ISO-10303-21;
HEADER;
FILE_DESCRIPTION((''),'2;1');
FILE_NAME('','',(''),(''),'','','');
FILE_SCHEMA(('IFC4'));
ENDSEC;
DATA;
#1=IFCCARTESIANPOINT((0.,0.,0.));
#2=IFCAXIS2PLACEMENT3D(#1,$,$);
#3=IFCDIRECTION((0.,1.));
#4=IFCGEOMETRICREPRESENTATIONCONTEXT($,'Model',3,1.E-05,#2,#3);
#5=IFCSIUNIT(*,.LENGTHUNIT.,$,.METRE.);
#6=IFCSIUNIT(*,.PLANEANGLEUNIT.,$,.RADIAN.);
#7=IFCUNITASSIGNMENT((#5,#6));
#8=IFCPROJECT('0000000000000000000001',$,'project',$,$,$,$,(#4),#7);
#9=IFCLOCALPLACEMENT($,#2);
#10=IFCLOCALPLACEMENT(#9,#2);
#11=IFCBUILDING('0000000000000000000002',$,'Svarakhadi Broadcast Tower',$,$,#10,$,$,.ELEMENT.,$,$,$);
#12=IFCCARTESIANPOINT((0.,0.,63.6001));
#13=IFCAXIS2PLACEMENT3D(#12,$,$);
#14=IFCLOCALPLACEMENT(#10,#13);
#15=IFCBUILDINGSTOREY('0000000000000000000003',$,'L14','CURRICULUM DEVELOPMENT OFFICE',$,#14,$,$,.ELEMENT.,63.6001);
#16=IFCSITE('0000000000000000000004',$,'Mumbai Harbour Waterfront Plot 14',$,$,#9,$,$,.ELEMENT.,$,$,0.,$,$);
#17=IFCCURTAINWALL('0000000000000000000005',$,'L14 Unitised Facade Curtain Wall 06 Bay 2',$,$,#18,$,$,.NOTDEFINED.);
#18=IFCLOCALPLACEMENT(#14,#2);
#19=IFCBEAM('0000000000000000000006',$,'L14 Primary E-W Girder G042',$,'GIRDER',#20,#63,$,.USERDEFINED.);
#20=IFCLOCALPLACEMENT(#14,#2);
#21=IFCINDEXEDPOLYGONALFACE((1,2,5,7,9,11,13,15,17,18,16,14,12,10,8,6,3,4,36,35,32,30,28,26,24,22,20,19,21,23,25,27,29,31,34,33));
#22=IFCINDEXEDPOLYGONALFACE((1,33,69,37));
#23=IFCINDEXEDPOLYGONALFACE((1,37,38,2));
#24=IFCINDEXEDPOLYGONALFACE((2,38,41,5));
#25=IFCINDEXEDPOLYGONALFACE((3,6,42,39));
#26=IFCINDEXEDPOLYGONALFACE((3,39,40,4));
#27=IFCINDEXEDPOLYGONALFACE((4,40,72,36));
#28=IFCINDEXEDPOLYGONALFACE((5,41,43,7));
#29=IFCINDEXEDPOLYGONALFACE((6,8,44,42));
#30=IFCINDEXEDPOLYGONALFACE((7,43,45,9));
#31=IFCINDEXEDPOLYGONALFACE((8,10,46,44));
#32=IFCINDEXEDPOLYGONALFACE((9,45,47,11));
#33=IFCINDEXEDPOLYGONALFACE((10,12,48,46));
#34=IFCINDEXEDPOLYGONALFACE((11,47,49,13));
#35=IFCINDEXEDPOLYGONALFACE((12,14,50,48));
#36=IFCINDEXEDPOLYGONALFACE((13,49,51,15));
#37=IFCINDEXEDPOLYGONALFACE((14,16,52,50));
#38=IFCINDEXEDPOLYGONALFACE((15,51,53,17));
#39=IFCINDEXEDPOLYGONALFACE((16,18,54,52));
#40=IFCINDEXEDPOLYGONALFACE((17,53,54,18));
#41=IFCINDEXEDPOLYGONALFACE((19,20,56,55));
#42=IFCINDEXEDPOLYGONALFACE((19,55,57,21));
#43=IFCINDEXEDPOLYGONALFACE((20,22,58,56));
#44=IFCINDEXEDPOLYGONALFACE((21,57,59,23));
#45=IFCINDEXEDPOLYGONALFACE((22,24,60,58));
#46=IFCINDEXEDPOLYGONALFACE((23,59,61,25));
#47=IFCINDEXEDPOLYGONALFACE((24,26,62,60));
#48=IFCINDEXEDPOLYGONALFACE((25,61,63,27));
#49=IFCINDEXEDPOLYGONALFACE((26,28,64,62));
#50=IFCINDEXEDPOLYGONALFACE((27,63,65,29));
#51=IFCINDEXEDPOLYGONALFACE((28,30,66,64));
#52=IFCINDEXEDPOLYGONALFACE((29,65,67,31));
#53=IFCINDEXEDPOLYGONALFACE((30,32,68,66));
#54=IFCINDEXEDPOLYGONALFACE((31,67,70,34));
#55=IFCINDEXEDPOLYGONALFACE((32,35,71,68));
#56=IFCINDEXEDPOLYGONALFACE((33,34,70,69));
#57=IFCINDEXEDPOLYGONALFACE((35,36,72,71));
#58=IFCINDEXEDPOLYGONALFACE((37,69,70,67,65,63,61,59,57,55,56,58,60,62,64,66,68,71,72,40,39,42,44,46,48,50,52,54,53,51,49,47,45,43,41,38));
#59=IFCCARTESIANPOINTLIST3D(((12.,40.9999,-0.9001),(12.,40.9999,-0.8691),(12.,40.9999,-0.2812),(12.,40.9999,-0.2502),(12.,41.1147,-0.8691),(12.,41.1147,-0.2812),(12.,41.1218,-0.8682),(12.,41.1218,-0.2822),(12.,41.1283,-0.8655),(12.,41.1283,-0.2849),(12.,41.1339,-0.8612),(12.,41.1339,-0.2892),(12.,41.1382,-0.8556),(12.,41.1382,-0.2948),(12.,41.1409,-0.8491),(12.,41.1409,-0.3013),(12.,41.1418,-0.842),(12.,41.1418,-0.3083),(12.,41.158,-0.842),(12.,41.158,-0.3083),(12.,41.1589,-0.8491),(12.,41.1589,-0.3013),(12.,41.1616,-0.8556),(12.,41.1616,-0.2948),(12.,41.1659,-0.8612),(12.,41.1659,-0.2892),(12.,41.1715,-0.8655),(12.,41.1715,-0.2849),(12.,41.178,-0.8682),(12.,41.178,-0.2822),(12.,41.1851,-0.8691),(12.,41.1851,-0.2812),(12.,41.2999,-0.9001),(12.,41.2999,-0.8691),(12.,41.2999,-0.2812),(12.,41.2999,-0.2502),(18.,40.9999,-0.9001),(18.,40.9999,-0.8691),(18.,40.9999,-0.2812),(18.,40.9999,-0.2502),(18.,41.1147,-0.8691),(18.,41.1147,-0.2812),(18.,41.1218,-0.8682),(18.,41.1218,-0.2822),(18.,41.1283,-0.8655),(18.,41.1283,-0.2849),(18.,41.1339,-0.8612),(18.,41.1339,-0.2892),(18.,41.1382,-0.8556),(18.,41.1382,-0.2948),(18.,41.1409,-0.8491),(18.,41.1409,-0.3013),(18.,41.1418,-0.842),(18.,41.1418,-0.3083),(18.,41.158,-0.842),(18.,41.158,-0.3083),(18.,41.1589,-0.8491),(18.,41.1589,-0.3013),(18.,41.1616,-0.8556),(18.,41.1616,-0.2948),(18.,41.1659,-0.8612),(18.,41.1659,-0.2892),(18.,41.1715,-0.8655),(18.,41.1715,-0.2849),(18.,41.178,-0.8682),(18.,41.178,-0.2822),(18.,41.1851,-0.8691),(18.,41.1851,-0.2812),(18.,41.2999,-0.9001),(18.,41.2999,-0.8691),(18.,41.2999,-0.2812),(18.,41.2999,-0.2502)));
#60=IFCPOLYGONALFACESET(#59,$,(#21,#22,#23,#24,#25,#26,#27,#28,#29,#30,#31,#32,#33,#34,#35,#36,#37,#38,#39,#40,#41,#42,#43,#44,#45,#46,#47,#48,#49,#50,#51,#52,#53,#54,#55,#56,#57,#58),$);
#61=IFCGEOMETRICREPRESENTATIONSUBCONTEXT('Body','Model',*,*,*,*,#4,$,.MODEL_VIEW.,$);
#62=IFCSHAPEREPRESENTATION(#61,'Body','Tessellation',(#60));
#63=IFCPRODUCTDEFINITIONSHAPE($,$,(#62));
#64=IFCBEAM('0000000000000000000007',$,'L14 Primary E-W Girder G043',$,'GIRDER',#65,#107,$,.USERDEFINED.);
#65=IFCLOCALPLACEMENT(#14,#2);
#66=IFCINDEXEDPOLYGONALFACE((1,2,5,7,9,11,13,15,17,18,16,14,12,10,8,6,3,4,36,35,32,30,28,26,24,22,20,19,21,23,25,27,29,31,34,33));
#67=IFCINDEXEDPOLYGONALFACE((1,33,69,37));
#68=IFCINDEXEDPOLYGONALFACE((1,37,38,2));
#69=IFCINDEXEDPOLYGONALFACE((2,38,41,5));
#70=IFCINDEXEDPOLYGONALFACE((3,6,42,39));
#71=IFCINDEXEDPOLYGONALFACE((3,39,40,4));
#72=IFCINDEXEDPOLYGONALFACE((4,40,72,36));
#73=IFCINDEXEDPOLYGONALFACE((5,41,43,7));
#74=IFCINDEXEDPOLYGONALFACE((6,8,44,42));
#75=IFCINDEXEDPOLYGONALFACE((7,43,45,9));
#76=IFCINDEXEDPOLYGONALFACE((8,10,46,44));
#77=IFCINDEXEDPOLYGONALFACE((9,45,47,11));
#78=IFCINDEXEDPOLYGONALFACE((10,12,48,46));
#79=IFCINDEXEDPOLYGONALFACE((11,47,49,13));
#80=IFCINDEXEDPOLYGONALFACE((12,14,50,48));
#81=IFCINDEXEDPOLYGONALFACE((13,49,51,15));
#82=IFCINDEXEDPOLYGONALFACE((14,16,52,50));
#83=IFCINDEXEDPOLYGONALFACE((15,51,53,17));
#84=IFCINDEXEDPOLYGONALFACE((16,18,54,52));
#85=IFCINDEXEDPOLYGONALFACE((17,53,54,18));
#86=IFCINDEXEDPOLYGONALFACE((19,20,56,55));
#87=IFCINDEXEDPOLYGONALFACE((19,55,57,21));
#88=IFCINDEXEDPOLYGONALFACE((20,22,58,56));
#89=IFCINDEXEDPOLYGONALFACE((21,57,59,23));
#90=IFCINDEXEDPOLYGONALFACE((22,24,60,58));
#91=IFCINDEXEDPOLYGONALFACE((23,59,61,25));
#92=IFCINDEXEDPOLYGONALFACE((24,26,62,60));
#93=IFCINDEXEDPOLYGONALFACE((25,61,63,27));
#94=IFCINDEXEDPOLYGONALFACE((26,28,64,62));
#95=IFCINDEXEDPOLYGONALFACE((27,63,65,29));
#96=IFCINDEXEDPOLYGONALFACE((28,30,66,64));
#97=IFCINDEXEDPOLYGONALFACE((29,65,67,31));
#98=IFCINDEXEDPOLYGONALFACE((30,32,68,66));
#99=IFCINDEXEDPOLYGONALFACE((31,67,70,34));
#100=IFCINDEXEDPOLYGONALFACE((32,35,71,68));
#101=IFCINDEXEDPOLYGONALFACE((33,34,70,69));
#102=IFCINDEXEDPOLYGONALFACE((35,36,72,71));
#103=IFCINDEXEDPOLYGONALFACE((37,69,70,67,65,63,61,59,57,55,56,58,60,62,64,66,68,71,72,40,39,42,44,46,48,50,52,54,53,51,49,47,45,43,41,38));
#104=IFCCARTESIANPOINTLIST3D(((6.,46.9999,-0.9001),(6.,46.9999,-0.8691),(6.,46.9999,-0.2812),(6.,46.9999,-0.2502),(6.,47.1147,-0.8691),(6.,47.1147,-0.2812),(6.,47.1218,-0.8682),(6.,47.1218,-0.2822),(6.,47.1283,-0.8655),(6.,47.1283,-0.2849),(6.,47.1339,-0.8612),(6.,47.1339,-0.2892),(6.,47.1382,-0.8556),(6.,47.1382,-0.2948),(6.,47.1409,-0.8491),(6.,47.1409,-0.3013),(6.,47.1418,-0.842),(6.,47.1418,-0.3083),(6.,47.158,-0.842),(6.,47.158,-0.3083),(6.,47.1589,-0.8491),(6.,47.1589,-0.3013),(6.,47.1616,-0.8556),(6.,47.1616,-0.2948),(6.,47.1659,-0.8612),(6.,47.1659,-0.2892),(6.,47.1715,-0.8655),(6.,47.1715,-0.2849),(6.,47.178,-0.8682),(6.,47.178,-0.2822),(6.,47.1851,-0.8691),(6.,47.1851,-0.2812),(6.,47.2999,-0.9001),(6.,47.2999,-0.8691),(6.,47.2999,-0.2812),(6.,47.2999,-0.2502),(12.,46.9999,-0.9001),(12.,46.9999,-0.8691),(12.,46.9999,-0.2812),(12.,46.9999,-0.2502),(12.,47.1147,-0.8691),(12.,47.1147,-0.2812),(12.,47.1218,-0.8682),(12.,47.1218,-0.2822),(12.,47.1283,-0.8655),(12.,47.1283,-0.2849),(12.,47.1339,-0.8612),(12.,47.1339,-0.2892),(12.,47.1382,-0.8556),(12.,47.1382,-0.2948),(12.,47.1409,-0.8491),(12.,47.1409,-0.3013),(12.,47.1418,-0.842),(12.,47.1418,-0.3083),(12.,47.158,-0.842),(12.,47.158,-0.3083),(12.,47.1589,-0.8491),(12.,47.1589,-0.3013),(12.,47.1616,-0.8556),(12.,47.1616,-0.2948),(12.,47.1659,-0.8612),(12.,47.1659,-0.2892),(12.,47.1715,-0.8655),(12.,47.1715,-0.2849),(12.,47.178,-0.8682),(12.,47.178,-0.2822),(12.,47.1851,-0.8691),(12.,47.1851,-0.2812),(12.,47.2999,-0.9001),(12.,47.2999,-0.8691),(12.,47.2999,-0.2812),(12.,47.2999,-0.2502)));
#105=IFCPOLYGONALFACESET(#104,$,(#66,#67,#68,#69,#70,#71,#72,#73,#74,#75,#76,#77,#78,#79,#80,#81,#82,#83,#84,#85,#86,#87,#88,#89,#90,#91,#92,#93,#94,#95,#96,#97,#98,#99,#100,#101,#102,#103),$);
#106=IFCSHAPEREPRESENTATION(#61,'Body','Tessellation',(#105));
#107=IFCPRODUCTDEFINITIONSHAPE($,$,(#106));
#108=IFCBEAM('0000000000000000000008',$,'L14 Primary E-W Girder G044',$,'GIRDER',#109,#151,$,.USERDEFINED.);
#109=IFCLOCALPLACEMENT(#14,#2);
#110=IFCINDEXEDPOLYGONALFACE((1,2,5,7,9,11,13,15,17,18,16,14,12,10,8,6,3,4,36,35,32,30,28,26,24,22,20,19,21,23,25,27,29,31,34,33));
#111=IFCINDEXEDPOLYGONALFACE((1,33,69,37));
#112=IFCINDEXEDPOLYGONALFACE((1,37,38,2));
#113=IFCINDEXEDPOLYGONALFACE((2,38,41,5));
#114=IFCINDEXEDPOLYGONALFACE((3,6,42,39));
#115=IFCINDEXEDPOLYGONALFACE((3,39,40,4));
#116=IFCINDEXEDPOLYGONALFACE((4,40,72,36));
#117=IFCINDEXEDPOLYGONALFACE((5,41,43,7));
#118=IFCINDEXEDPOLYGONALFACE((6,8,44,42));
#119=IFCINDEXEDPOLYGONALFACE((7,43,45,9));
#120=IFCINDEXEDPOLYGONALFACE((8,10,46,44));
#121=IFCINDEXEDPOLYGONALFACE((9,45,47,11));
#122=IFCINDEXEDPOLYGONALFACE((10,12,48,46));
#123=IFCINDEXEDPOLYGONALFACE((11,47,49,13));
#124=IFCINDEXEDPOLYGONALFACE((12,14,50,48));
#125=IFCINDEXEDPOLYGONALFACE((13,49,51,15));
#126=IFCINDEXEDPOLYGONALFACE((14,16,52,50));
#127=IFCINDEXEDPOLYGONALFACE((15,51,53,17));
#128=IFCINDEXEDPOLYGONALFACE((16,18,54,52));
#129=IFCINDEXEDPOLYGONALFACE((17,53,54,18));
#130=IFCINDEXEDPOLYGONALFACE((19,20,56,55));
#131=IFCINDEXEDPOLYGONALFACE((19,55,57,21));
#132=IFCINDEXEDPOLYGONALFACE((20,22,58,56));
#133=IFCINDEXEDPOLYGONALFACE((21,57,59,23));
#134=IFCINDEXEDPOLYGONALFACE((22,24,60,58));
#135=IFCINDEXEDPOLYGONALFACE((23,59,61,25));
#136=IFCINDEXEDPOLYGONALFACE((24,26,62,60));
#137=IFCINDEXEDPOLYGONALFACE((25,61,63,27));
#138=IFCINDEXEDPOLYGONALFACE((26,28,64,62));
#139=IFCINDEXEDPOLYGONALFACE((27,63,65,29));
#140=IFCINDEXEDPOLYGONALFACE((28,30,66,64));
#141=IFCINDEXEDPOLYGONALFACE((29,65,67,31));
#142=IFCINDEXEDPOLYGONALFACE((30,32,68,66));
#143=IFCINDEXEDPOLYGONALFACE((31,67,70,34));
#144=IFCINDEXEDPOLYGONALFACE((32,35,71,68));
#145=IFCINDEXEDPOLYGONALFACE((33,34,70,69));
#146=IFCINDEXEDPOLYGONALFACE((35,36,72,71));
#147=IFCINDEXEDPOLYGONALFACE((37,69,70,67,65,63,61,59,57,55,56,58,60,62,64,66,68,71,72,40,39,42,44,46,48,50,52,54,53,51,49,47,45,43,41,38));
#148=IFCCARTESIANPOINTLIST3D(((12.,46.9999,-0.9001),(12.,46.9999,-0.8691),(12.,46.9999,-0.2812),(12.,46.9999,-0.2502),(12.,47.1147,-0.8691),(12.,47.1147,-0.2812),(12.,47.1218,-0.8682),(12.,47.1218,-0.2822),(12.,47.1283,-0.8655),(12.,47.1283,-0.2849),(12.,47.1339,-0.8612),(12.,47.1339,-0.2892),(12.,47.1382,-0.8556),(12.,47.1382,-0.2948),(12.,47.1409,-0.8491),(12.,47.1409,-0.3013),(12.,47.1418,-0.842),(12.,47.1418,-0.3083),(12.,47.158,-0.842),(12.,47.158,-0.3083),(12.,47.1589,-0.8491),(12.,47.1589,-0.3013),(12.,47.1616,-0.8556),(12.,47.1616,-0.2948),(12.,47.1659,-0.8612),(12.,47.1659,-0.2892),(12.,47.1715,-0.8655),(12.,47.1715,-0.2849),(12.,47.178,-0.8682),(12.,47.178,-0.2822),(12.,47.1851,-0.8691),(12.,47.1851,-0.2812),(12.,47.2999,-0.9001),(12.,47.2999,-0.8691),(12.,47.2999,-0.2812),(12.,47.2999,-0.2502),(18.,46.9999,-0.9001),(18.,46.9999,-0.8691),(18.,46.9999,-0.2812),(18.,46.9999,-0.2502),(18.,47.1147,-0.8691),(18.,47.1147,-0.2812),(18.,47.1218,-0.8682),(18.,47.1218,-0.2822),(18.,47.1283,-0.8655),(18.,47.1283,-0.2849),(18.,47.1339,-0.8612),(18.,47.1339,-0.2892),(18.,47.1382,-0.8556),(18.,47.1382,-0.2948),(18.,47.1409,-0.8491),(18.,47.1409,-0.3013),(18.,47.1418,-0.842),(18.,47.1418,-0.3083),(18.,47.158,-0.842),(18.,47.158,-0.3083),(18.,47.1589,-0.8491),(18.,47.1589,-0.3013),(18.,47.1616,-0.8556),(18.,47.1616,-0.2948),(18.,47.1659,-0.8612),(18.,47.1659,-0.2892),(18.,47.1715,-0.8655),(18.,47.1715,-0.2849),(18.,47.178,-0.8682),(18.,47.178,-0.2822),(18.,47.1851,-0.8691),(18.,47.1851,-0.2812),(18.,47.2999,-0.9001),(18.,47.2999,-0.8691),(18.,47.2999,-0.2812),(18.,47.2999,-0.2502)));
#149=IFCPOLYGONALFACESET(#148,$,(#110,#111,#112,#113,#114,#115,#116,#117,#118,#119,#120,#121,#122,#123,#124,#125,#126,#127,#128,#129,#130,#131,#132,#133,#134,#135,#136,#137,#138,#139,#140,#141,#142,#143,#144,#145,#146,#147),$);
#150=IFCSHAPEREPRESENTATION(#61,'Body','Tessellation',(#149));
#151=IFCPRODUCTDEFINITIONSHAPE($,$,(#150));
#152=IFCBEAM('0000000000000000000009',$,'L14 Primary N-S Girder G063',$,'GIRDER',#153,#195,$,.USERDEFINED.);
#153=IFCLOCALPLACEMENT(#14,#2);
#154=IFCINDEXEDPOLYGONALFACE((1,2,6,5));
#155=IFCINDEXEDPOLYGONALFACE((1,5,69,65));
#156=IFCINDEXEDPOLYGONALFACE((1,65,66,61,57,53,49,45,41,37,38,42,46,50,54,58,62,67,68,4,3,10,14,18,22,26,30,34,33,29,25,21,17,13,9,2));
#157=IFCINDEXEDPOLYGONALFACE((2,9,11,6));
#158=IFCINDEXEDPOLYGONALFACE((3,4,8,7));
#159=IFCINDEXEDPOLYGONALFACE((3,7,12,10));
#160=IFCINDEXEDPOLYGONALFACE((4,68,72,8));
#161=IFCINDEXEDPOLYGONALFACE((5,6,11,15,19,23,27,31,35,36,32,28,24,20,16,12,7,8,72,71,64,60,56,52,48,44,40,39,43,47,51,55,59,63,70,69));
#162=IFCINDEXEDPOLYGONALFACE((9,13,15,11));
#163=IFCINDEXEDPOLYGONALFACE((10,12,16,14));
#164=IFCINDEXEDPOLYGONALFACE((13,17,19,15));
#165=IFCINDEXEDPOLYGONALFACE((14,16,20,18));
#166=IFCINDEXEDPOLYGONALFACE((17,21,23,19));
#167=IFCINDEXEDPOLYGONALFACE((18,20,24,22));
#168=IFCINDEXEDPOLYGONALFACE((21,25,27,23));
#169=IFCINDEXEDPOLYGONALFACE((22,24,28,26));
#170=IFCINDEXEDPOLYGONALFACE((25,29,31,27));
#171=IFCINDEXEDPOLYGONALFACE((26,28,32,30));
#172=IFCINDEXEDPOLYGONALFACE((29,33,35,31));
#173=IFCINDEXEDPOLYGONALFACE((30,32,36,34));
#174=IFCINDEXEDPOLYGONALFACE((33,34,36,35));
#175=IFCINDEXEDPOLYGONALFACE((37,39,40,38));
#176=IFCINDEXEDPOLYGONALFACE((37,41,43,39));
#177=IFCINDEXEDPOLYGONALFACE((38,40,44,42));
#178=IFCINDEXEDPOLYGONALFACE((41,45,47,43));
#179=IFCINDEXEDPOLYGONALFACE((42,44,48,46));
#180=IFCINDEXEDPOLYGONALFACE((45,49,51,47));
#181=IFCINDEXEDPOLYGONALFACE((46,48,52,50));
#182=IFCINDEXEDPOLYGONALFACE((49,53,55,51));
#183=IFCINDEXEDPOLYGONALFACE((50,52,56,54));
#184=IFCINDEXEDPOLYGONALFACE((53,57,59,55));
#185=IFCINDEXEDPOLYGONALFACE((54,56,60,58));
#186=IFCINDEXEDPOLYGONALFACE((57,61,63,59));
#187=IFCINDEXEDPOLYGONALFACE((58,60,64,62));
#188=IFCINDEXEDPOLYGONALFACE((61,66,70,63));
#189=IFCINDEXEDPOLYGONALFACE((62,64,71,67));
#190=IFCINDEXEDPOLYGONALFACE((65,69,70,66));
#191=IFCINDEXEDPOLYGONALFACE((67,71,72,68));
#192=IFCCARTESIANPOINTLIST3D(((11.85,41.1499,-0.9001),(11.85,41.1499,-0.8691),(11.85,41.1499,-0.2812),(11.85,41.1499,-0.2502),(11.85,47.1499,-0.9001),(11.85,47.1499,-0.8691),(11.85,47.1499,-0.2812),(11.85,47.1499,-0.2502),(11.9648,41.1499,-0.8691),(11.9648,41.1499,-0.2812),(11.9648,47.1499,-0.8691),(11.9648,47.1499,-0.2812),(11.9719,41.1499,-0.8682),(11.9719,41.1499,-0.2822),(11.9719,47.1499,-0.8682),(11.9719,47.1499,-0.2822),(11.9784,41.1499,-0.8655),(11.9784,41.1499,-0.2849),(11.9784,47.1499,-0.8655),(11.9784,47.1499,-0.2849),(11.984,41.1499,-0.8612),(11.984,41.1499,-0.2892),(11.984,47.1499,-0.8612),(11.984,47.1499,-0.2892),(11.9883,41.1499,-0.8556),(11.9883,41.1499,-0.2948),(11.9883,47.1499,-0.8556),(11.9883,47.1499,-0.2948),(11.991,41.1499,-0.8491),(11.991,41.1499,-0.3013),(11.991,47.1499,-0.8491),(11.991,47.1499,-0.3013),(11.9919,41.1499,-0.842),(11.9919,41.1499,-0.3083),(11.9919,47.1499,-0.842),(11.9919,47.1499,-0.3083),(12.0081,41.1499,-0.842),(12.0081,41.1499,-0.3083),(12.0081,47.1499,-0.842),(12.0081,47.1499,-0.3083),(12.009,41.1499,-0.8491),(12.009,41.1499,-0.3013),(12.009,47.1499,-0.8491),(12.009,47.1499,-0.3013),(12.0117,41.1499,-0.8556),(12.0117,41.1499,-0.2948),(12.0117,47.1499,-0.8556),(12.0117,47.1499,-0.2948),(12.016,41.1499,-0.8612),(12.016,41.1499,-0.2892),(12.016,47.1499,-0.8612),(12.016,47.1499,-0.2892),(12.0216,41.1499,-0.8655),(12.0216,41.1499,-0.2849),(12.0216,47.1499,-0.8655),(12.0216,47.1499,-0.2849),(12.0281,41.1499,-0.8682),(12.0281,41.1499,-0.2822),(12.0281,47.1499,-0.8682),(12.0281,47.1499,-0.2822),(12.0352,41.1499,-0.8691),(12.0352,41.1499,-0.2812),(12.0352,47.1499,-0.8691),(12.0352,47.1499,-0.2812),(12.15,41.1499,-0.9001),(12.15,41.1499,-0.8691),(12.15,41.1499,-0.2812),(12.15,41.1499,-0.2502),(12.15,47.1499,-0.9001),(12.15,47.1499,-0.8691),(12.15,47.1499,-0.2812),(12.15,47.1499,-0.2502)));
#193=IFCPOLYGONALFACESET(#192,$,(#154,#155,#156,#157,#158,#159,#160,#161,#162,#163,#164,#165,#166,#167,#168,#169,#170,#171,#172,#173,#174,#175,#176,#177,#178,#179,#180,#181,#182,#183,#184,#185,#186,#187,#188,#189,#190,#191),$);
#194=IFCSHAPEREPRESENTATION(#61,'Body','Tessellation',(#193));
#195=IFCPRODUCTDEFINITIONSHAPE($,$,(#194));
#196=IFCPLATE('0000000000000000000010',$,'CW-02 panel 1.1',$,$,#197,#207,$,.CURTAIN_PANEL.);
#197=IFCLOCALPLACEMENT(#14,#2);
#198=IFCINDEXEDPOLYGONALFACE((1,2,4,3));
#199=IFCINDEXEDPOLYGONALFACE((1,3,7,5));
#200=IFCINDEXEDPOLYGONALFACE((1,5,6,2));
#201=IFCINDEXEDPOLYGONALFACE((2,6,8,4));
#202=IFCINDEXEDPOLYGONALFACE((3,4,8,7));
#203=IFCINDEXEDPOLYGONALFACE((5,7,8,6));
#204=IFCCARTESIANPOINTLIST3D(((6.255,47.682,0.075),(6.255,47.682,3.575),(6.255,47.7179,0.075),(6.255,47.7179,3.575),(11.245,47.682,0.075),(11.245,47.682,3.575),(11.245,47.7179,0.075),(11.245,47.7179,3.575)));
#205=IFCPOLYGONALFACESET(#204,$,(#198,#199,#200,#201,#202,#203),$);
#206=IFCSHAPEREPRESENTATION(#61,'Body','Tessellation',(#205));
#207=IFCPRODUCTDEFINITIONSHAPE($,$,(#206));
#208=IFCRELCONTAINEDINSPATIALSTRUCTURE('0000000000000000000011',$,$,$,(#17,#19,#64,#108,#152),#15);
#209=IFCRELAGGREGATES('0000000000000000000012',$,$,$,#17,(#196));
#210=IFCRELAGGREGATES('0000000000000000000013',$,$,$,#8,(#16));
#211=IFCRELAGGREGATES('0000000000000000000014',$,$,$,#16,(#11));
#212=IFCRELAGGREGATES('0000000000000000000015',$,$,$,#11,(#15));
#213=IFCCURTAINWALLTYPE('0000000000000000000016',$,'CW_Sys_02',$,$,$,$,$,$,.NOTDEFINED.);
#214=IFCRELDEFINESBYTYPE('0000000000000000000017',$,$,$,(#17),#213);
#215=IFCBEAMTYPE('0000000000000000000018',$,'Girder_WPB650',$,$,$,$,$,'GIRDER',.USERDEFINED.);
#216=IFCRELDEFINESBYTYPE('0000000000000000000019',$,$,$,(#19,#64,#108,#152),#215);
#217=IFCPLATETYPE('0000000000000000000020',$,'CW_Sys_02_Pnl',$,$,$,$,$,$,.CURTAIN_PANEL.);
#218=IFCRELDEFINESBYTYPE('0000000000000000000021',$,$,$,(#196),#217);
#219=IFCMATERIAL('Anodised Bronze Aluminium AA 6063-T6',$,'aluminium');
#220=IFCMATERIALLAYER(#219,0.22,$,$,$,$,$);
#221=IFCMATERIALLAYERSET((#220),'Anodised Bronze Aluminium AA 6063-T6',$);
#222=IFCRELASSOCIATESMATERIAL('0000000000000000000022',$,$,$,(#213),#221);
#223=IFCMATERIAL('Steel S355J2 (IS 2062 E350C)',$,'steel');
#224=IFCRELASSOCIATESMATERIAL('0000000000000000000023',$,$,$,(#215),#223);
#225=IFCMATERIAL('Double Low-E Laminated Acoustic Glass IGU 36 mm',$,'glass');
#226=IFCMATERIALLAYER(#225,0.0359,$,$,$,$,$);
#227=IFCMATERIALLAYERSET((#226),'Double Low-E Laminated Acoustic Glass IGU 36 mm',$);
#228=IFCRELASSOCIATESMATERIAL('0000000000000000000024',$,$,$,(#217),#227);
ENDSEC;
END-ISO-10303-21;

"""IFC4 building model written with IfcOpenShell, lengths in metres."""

from ifc_helpers import new_model, si_unit, direction, frame, origin, origin_2d, place, context, subcontext, project, spatial, rectangle, i_section, extrude, material, layer, layer_set, material_profile, profile_set, type_object, element, aggregate, save


model = new_model("IFC4")

# Units and contexts
model_context = context("Model", 3, precision=1e-05, world=origin(), true_north=direction((0.0, 1.0)))
body_context = subcontext(model_context, "Body", "Model", "MODEL_VIEW")
ifc_project = project(units=[si_unit("LENGTHUNIT", "METRE"), si_unit("PLANEANGLEUNIT", "RADIAN")], contexts=[model_context])

# Site, building, storey
site_placement = place(None, origin())
site = spatial("IfcSite", under=ifc_project, at=site_placement, Name="Mumbai Harbour Waterfront Plot 14", CompositionType="ELEMENT", RefElevation=0.0)
building_placement = place(site_placement, origin())
building = spatial("IfcBuilding", under=site, at=building_placement, Name="Svarakhadi Broadcast Tower", CompositionType="ELEMENT")
storey_placement = place(building_placement, frame((0.0, 0.0, 63.6001)))
storey = spatial("IfcBuildingStorey", under=building, at=storey_placement, Name="L14", Description="CURRICULUM DEVELOPMENT OFFICE", CompositionType="ELEMENT", Elevation=63.6001)

# Shared definitions
ifc_material_1 = material(Name="Steel S355J2 (IS 2062 E350C)", Category="steel")

# Curtain wall
ifc_material_2 = material(Name="Anodised Bronze Aluminium AA 6063-T6", Category="aluminium")
ifc_layer_1 = layer(ifc_material_2, 0.22)
ifc_layer_set_1 = layer_set([ifc_layer_1], Name="Anodised Bronze Aluminium AA 6063-T6")
curtain_wall_type = type_object("IfcCurtainWallType", Name="CW_Sys_02", PredefinedType="NOTDEFINED", material=ifc_layer_set_1)
curtain_wall_1_placement = place(storey_placement, origin())
curtain_wall_1 = element("IfcCurtainWall", 1, at=curtain_wall_1_placement, inside=storey, type_object=curtain_wall_type, Name="L14 Unitised Facade Curtain Wall 06 Bay 2", PredefinedType="NOTDEFINED")

# Beams
ifc_material_profile_1 = material_profile(ifc_material_1, i_section(OverallWidth=0.3, OverallDepth=0.6499, WebThickness=0.0161, FlangeThickness=0.031, FilletRadius=0.0271, at=origin_2d()), Name="WPB 650x300x225")
ifc_profile_set_1 = profile_set([ifc_material_profile_1], Name="Steel S355J2 (IS 2062 E350C)")
beam_type_1 = type_object("IfcBeamType", Name="Girder_WPB650", ElementType="GIRDER", PredefinedType="USERDEFINED", material=ifc_profile_set_1)
for number, where, z_axis, x_axis, name in (
    (2, (12.0, 41.1499, -0.5752), (1.0, 0.0, 0.0), (0.0, 1.0, 0.0), "L14 Primary E-W Girder G042"),
    (3, (6.0, 47.1499, -0.5752), (1.0, 0.0, 0.0), (0.0, 1.0, 0.0), "L14 Primary E-W Girder G043"),
    (4, (12.0, 47.1499, -0.5752), (1.0, 0.0, 0.0), (0.0, 1.0, 0.0), "L14 Primary E-W Girder G044"),
    (5, (12.0, 41.1499, -0.5752), (0.0, 1.0, 0.0), (-1.0, 0.0, 0.0), "L14 Primary N-S Girder G063"),
):
    element("IfcBeam", number, at=place(storey_placement, frame(where, z_axis=z_axis, x_axis=x_axis)), inside=storey, type_object=beam_type_1, Name=name, ObjectType="GIRDER", PredefinedType="USERDEFINED", context=body_context, shape_type="SweptSolid", body=[
        extrude(i_section(OverallWidth=0.3, OverallDepth=0.6499, WebThickness=0.0161, FlangeThickness=0.031, FilletRadius=0.0271, at=origin_2d()), origin(), (0.0, 0.0, 1.0), 6.0),
    ])

# Plate
ifc_material_3 = material(Name="Double Low-E Laminated Acoustic Glass IGU 36 mm", Category="glass")
ifc_layer_2 = layer(ifc_material_3, 0.0359)
ifc_layer_set_2 = layer_set([ifc_layer_2], Name="Double Low-E Laminated Acoustic Glass IGU 36 mm")
plate_type_1 = type_object("IfcPlateType", Name="CW_Sys_02_Pnl", PredefinedType="CURTAIN_PANEL", material=ifc_layer_set_2)
plate_1_placement = place(storey_placement, frame((8.75, 47.7, 0.075), z_axis=(0.0, 0.0, 1.0), x_axis=(1.0, 0.0, 0.0)))
plate_1 = element("IfcPlate", 6, at=plate_1_placement, type_object=plate_type_1, Name="CW-02 panel 1.1", PredefinedType="CURTAIN_PANEL", context=body_context, shape_type="SweptSolid", body=[
    extrude(rectangle(XDim=4.99, YDim=0.0359, at=origin_2d()), origin(), (0.0, 0.0, 1.0), 3.5),
])
aggregate(curtain_wall_1, [plate_1])

save(model, "model.ifc")
